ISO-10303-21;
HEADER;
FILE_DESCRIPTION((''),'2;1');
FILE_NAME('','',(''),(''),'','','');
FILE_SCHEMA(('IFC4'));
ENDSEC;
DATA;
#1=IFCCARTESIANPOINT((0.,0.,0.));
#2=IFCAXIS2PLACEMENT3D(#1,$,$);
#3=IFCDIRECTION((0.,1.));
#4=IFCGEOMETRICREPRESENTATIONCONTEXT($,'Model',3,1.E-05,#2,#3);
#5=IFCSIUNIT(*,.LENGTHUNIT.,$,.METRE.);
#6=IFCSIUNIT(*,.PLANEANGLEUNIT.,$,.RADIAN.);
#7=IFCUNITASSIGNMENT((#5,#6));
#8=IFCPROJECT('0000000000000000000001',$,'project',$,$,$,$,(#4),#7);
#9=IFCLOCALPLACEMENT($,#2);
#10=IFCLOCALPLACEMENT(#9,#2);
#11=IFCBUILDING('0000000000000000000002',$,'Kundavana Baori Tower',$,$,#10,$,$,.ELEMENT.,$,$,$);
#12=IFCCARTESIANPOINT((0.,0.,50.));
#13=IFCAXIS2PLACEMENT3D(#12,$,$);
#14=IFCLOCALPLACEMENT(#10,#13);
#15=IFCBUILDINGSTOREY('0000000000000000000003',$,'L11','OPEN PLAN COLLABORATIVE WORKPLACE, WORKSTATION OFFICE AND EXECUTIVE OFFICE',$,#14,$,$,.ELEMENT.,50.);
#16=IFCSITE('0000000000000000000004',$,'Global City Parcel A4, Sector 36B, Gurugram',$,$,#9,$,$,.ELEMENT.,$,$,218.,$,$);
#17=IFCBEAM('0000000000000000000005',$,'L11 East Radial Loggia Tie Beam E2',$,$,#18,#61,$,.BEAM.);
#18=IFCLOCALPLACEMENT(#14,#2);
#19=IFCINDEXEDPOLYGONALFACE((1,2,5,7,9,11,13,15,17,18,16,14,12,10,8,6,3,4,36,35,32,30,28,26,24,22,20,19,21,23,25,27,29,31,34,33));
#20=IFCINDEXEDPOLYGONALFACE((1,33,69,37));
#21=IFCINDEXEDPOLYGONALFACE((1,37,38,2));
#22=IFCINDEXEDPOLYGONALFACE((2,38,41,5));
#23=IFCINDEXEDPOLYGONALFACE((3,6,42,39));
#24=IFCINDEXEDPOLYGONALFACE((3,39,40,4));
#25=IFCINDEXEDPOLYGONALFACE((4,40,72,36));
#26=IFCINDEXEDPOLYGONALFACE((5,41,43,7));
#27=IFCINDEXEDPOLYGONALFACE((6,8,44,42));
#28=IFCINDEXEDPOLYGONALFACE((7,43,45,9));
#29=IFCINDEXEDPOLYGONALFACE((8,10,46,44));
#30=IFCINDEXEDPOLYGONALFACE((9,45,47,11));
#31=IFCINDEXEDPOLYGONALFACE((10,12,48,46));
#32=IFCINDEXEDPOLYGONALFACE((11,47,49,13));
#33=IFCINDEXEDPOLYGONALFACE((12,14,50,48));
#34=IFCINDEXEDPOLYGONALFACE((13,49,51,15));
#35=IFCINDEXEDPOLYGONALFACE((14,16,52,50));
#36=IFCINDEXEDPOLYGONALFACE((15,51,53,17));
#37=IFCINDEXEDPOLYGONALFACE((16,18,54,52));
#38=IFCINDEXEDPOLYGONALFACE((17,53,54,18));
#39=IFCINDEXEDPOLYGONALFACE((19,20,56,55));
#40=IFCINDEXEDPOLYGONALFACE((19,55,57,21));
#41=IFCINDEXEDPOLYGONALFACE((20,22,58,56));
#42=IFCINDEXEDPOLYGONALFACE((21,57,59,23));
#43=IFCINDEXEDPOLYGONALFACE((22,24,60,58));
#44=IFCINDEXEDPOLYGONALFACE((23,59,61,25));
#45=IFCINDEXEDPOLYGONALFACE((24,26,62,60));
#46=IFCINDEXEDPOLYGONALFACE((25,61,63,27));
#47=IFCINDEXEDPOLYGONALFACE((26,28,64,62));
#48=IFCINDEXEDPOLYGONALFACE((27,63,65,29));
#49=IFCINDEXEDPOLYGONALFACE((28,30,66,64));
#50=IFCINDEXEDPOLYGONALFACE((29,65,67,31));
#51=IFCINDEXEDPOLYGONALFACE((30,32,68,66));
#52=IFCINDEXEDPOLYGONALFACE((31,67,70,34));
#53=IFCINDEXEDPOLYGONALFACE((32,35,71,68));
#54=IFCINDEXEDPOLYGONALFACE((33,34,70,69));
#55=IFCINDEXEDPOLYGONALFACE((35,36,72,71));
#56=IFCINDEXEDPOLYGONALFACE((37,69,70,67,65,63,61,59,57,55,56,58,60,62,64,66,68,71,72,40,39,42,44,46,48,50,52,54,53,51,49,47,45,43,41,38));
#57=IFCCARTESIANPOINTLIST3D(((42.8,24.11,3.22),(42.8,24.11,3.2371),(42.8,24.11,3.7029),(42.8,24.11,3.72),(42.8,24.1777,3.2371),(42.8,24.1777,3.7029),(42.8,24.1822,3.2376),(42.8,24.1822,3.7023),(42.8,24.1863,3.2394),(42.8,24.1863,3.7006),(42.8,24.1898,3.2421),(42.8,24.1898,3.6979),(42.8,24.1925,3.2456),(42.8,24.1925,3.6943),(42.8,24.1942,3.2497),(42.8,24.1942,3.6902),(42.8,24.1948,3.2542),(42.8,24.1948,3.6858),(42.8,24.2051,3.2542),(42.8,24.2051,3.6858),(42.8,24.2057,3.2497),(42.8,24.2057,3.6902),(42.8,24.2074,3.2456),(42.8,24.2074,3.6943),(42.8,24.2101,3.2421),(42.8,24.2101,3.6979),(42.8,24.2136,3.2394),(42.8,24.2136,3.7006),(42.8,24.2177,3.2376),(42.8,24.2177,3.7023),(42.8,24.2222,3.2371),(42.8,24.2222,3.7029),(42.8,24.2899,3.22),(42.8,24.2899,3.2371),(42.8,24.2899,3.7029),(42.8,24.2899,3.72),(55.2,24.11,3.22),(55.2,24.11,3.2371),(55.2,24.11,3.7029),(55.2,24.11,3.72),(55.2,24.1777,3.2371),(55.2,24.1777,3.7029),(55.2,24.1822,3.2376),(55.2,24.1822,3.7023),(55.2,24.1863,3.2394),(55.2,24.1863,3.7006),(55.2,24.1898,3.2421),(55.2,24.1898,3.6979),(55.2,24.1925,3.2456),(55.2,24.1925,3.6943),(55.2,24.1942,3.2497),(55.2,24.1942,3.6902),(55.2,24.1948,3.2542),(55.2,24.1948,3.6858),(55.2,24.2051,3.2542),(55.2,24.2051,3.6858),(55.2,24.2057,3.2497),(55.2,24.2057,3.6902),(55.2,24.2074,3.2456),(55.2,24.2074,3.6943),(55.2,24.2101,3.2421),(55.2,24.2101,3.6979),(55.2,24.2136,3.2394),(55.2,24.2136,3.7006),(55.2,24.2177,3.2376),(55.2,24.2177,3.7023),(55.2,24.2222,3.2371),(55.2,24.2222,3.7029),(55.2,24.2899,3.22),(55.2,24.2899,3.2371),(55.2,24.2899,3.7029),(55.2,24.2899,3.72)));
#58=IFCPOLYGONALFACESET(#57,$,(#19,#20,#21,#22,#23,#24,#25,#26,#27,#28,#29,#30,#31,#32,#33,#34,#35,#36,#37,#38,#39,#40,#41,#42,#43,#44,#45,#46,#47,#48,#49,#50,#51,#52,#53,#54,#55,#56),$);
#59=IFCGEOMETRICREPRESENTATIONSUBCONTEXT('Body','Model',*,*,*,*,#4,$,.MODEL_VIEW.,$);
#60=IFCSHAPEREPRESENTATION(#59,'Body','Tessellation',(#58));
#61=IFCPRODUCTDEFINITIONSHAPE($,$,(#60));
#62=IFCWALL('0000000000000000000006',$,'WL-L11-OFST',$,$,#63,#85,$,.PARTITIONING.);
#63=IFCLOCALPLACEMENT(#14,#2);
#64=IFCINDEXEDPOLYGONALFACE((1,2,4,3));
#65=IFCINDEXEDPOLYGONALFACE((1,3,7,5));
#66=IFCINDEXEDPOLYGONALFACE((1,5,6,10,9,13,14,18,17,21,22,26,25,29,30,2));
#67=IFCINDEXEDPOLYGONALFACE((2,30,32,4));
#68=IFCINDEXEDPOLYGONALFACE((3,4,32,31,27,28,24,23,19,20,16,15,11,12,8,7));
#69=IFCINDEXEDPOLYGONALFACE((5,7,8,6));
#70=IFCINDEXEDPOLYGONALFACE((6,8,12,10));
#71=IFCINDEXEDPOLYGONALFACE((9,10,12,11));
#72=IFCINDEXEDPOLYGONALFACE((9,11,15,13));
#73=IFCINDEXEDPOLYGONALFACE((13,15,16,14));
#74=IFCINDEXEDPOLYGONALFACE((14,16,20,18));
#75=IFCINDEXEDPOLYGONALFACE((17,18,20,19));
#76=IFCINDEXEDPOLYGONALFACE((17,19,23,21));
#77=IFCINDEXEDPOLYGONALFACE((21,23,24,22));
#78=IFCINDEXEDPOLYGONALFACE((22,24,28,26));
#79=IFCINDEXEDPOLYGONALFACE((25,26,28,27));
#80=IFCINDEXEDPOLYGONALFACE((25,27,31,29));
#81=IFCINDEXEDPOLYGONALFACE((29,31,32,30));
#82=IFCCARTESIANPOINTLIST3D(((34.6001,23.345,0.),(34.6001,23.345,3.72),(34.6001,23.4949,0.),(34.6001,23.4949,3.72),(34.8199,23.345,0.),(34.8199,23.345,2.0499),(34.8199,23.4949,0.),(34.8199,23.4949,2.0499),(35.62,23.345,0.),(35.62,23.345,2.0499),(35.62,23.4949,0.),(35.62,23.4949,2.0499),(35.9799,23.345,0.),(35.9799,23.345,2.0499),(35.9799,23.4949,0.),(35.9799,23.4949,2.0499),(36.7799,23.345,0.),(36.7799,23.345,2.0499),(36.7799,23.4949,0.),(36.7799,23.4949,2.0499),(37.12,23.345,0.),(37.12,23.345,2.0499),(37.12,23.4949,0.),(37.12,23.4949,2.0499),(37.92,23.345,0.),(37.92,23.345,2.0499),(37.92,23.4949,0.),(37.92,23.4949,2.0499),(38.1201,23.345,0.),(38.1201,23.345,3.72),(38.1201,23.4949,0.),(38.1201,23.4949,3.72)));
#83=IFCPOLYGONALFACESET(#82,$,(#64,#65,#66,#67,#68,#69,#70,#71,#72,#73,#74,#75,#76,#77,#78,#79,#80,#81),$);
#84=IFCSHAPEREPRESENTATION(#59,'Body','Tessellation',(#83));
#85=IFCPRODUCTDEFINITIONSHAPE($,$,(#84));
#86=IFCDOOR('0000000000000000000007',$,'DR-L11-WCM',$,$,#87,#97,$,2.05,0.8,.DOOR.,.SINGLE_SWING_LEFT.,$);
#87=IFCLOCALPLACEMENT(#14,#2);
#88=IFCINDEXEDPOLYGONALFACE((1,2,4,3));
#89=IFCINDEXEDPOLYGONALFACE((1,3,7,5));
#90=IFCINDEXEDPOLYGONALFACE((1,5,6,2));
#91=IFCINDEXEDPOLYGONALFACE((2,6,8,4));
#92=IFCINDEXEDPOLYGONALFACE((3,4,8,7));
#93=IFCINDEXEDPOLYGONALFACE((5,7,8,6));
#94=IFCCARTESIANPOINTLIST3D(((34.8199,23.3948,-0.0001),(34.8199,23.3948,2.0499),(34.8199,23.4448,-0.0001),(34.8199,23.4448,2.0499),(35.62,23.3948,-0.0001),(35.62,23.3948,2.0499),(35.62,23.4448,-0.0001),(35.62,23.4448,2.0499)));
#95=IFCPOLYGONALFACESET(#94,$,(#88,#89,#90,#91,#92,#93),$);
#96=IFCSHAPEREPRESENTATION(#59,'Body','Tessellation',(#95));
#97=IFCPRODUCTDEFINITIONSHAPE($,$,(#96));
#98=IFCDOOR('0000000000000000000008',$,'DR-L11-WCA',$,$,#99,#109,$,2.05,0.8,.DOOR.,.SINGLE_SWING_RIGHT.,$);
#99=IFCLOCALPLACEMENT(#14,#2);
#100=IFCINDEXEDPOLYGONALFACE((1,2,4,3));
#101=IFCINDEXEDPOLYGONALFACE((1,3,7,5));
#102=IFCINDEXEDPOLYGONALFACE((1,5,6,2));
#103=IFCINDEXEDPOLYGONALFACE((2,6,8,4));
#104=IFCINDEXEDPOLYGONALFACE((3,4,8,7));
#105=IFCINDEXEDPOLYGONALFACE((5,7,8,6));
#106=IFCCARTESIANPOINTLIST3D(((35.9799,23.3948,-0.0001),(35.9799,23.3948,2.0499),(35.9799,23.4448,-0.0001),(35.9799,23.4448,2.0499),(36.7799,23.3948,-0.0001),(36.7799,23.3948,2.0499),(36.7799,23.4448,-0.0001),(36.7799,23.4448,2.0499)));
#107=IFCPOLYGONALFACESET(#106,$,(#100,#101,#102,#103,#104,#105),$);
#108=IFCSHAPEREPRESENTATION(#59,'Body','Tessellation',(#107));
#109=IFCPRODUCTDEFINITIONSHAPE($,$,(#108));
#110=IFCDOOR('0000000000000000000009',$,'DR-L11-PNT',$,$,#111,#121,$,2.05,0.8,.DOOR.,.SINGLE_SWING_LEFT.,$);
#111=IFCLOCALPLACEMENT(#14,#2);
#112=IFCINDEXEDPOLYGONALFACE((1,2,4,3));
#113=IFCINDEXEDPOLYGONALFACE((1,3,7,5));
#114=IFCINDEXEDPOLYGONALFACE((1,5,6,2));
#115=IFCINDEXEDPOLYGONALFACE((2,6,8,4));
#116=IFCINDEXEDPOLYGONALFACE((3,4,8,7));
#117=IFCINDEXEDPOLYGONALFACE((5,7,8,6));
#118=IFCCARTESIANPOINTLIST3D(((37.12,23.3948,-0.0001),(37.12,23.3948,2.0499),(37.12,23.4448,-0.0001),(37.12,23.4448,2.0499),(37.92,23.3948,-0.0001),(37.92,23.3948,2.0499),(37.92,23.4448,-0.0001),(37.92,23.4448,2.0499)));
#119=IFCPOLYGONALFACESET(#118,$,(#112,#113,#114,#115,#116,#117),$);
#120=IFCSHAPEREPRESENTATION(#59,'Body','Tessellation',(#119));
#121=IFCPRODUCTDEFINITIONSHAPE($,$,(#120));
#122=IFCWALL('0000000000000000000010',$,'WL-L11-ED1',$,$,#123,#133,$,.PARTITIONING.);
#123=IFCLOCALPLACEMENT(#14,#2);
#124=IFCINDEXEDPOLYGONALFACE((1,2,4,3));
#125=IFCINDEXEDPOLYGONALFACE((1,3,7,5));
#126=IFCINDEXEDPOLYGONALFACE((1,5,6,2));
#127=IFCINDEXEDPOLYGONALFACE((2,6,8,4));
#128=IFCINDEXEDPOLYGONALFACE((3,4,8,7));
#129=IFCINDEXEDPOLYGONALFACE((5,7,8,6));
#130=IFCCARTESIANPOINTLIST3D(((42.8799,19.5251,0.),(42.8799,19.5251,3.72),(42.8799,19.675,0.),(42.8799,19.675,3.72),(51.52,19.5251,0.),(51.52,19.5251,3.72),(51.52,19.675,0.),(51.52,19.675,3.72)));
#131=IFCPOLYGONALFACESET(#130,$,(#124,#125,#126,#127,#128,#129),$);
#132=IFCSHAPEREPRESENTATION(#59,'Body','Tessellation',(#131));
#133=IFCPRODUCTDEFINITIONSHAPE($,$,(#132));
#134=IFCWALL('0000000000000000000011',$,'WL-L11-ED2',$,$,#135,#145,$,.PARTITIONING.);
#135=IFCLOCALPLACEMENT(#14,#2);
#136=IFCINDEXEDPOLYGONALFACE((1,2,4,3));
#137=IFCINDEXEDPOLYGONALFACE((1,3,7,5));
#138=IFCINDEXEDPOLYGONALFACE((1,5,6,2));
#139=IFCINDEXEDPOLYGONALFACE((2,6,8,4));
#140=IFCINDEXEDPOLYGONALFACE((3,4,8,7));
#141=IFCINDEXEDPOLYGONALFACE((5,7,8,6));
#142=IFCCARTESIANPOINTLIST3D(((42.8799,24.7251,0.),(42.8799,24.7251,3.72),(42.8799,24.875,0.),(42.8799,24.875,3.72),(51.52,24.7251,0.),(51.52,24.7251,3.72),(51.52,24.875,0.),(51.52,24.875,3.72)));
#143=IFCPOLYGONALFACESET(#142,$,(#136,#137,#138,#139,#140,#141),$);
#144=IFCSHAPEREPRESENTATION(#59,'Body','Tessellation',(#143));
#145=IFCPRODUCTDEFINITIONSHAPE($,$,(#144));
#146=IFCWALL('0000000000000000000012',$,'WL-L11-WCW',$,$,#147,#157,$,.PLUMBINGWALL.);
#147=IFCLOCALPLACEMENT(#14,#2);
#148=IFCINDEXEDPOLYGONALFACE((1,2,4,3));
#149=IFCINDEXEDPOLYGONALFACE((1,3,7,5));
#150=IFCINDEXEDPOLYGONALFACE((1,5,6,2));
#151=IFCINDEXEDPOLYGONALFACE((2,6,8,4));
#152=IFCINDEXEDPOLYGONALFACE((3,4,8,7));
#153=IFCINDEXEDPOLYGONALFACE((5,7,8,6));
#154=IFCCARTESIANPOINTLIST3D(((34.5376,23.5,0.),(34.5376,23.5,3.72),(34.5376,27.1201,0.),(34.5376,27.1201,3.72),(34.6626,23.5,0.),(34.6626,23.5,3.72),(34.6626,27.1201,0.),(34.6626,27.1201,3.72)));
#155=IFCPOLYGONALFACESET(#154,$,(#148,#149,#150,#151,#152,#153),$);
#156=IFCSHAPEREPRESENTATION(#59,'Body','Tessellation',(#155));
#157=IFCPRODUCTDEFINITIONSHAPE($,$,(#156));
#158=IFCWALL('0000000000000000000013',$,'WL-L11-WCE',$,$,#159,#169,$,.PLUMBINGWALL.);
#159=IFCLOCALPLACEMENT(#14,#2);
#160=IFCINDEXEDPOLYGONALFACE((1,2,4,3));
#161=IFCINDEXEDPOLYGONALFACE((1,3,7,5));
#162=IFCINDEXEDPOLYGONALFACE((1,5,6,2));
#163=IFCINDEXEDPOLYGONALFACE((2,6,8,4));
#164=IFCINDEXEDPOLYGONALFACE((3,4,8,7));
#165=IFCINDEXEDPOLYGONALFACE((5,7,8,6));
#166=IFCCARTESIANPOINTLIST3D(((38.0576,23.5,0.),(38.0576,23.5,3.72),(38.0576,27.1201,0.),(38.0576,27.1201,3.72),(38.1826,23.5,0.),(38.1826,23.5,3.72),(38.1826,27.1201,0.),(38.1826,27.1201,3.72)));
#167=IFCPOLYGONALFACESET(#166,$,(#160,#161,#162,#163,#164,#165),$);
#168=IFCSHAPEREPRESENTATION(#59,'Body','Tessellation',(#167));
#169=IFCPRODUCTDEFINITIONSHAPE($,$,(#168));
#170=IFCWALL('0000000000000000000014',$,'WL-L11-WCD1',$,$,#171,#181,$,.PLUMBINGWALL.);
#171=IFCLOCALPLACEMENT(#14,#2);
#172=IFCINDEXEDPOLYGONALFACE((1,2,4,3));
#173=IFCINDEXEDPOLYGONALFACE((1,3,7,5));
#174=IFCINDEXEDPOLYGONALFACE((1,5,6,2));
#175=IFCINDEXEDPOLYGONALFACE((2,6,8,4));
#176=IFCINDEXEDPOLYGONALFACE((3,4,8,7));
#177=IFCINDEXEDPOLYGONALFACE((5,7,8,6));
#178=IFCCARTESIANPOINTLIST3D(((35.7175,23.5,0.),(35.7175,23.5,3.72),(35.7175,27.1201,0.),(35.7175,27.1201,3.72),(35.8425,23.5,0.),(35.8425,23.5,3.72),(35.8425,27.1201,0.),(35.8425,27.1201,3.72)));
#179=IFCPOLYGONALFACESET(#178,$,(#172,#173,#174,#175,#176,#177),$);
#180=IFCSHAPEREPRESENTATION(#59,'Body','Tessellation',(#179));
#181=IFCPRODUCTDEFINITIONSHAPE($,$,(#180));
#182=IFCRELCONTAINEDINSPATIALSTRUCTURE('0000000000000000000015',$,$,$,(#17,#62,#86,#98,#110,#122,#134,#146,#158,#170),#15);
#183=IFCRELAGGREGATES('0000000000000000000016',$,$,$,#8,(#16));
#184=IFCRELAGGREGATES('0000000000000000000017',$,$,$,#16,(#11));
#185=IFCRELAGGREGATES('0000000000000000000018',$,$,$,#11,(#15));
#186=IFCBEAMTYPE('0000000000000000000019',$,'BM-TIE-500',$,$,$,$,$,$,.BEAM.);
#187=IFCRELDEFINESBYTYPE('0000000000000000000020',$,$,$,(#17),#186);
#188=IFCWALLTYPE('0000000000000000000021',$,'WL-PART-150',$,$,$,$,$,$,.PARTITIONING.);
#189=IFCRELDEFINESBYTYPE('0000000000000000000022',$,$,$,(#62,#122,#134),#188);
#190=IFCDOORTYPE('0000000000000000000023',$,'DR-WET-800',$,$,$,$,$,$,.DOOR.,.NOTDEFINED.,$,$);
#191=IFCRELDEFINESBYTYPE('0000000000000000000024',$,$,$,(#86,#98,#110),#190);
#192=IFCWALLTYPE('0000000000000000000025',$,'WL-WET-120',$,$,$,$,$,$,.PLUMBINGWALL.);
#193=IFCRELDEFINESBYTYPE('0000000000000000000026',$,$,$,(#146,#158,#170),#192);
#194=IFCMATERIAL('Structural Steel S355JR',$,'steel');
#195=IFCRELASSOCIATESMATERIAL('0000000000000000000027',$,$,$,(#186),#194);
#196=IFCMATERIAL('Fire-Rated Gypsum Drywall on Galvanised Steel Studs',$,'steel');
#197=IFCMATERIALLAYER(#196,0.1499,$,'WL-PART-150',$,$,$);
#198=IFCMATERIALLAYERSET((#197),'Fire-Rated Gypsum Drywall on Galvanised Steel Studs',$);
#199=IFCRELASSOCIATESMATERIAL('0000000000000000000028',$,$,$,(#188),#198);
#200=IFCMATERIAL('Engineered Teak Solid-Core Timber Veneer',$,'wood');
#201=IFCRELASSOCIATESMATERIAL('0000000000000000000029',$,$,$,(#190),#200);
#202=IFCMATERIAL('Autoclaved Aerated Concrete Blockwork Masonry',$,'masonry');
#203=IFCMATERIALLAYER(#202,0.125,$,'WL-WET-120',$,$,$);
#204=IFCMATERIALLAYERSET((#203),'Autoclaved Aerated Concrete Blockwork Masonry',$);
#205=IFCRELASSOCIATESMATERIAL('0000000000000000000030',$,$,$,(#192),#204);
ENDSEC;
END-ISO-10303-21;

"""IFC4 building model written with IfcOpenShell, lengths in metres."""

from ifc_helpers import new_model, si_unit, direction, frame, frame_2d, origin, origin_2d, place, context, subcontext, project, spatial, rectangle, i_section, extrude, material, layer, layer_set, material_profile, profile_set, type_object, element, fill, save


model = new_model("IFC4")

# Units and contexts
model_context = context("Model", 3, precision=1e-05, world=origin(), true_north=direction((0.0, 1.0)))
body_context = subcontext(model_context, "Body", "Model", "MODEL_VIEW")
ifc_project = project(units=[si_unit("LENGTHUNIT", "METRE"), si_unit("PLANEANGLEUNIT", "RADIAN")], contexts=[model_context])

# Site, building, storey
site_placement = place(None, origin())
site = spatial("IfcSite", under=ifc_project, at=site_placement, Name="Global City Parcel A4, Sector 36B, Gurugram", CompositionType="ELEMENT", RefElevation=218.0)
building_placement = place(site_placement, origin())
building = spatial("IfcBuilding", under=site, at=building_placement, Name="Kundavana Baori Tower", CompositionType="ELEMENT")
storey_placement = place(building_placement, frame((0.0, 0.0, 50.0)))
storey = spatial("IfcBuildingStorey", under=building, at=storey_placement, Name="L11", Description="OPEN PLAN COLLABORATIVE WORKPLACE, WORKSTATION OFFICE AND EXECUTIVE OFFICE", CompositionType="ELEMENT", Elevation=50.0)

# Beam
ifc_material_1 = material(Name="Structural Steel S355JR", Category="steel")
ifc_material_profile_1 = material_profile(ifc_material_1, i_section(OverallWidth=0.1799, OverallDepth=0.5, WebThickness=0.0103, FlangeThickness=0.0171, FilletRadius=0.0171, at=origin_2d()), Name="ISMB 500")
ifc_profile_set_1 = profile_set([ifc_material_profile_1], Name="Structural Steel S355JR")
beam_type_1 = type_object("IfcBeamType", Name="BM-TIE-500", PredefinedType="BEAM", material=ifc_profile_set_1)
beam_1_placement = place(storey_placement, frame((42.8, 24.2, 3.47), z_axis=(1.0, 0.0, 0.0), x_axis=(0.0, 1.0, 0.0)))
element("IfcBeam", 1, at=beam_1_placement, inside=storey, type_object=beam_type_1, Name="L11 East Radial Loggia Tie Beam E2", PredefinedType="BEAM", context=body_context, shape_type="SweptSolid", body=[
    extrude(i_section(OverallWidth=0.1799, OverallDepth=0.5, WebThickness=0.0103, FlangeThickness=0.0171, FilletRadius=0.0171, at=origin_2d()), origin(), (0.0, 0.0, 1.0), 12.3999),
])

# Wall, openings, doors
ifc_material_2 = material(Name="Fire-Rated Gypsum Drywall on Galvanised Steel Studs", Category="steel")
ifc_layer_1 = layer(ifc_material_2, 0.1499, Name="WL-PART-150")
ifc_layer_set_1 = layer_set([ifc_layer_1], Name="Fire-Rated Gypsum Drywall on Galvanised Steel Studs")
wall_type_1 = type_object("IfcWallType", Name="WL-PART-150", PredefinedType="PARTITIONING", material=ifc_layer_set_1)
wall_placement = place(storey_placement, frame((34.6001, 23.4199, 0.0), z_axis=(0.0, 0.0, 1.0), x_axis=(1.0, 0.0, 0.0)))
wall = element("IfcWall", 2, at=wall_placement, inside=storey, type_object=wall_type_1, Name="WL-L11-OFST", PredefinedType="PARTITIONING", context=body_context, shape_type="SweptSolid", body=[
    extrude(rectangle(XDim=3.52, YDim=0.1499, at=frame_2d((1.76, 0.0))), origin(), (0.0, 0.0, 1.0), 3.72),
])
opening_1_placement = place(wall_placement, frame((0.22, 0.0, 0.0)))
opening_1 = element("IfcOpeningElement", 3, at=opening_1_placement, cuts=wall, PredefinedType="OPENING", context=body_context, shape_type="SweptSolid", body=[
    extrude(rectangle(XDim=0.8, YDim=2.05, at=frame_2d((0.3999, 1.0249))), frame((0.0, 0.085, 0.0), z_axis=(0.0, -1.0, 0.0), x_axis=(1.0, 0.0, 0.0)), (0.0, 0.0, 1.0), 0.1699),
])
opening_2_placement = place(wall_placement, frame((1.3799, 0.0, 0.0)))
opening_2 = element("IfcOpeningElement", 4, at=opening_2_placement, cuts=wall, PredefinedType="OPENING", context=body_context, shape_type="SweptSolid", body=[
    extrude(rectangle(XDim=0.8, YDim=2.05, at=frame_2d((0.3999, 1.0249))), frame((0.0, 0.085, 0.0), z_axis=(0.0, -1.0, 0.0), x_axis=(1.0, 0.0, 0.0)), (0.0, 0.0, 1.0), 0.1699),
])
opening_3_placement = place(wall_placement, frame((2.52, 0.0, 0.0)))
opening_3 = element("IfcOpeningElement", 5, at=opening_3_placement, cuts=wall, PredefinedType="OPENING", context=body_context, shape_type="SweptSolid", body=[
    extrude(rectangle(XDim=0.8, YDim=2.05, at=frame_2d((0.3999, 1.0249))), frame((0.0, 0.085, 0.0), z_axis=(0.0, -1.0, 0.0), x_axis=(1.0, 0.0, 0.0)), (0.0, 0.0, 1.0), 0.1699),
])
ifc_material_3 = material(Name="Engineered Teak Solid-Core Timber Veneer", Category="wood")
door_type = type_object("IfcDoorType", Name="DR-WET-800", OperationType="NOTDEFINED", PredefinedType="DOOR", material=ifc_material_3)
door_1_placement = place(opening_1_placement, origin())
door_1 = element("IfcDoor", 6, at=door_1_placement, inside=storey, type_object=door_type, Name="DR-L11-WCM", OperationType="SINGLE_SWING_LEFT", OverallHeight=2.05, OverallWidth=0.8, PredefinedType="DOOR", context=body_context, shape_type="SweptSolid", body=[
    extrude(rectangle(XDim=0.8, YDim=2.05, at=frame_2d((0.3999, 1.0249))), frame((0.0, 0.0249, 0.0), z_axis=(0.0, -1.0, 0.0), x_axis=(1.0, 0.0, 0.0)), (0.0, 0.0, 1.0), 0.05),
])
fill(opening_1, door_1)
door_2_placement = place(opening_2_placement, origin())
door_2 = element("IfcDoor", 7, at=door_2_placement, inside=storey, type_object=door_type, Name="DR-L11-WCA", OperationType="SINGLE_SWING_RIGHT", OverallHeight=2.05, OverallWidth=0.8, PredefinedType="DOOR", context=body_context, shape_type="SweptSolid", body=[
    extrude(rectangle(XDim=0.8, YDim=2.05, at=frame_2d((0.3999, 1.0249))), frame((0.0, 0.0249, 0.0), z_axis=(0.0, -1.0, 0.0), x_axis=(1.0, 0.0, 0.0)), (0.0, 0.0, 1.0), 0.05),
])
fill(opening_2, door_2)
door_3_placement = place(opening_3_placement, origin())
door_3 = element("IfcDoor", 8, at=door_3_placement, inside=storey, type_object=door_type, Name="DR-L11-PNT", OperationType="SINGLE_SWING_LEFT", OverallHeight=2.05, OverallWidth=0.8, PredefinedType="DOOR", context=body_context, shape_type="SweptSolid", body=[
    extrude(rectangle(XDim=0.8, YDim=2.05, at=frame_2d((0.3999, 1.0249))), frame((0.0, 0.0249, 0.0), z_axis=(0.0, -1.0, 0.0), x_axis=(1.0, 0.0, 0.0)), (0.0, 0.0, 1.0), 0.05),
])
fill(opening_3, door_3)

# Walls
for number, where, z_axis, x_axis, name in (
    (9, (42.8799, 19.6001, 0.0), (0.0, 0.0, 1.0), (1.0, 0.0, 0.0), "WL-L11-ED1"),
    (10, (42.8799, 24.8, 0.0), (0.0, 0.0, 1.0), (1.0, 0.0, 0.0), "WL-L11-ED2"),
):
    element("IfcWall", number, at=place(storey_placement, frame(where, z_axis=z_axis, x_axis=x_axis)), inside=storey, type_object=wall_type_1, Name=name, PredefinedType="PARTITIONING", context=body_context, shape_type="SweptSolid", body=[
        extrude(rectangle(XDim=8.6401, YDim=0.1499, at=frame_2d((4.3201, 0.0))), origin(), (0.0, 0.0, 1.0), 3.72),
    ])
ifc_material_4 = material(Name="Autoclaved Aerated Concrete Blockwork Masonry", Category="masonry")
ifc_layer_2 = layer(ifc_material_4, 0.125, Name="WL-WET-120")
ifc_layer_set_2 = layer_set([ifc_layer_2], Name="Autoclaved Aerated Concrete Blockwork Masonry")
wall_type_2 = type_object("IfcWallType", Name="WL-WET-120", PredefinedType="PLUMBINGWALL", material=ifc_layer_set_2)
for number, where, z_axis, x_axis, name in (
    (11, (34.6001, 23.5, 0.0), (0.0, 0.0, 1.0), (0.0, 1.0, 0.0), "WL-L11-WCW"),
    (12, (38.1201, 23.5, 0.0), (0.0, 0.0, 1.0), (0.0, 1.0, 0.0), "WL-L11-WCE"),
    (13, (35.78, 23.5, 0.0), (0.0, 0.0, 1.0), (0.0, 1.0, 0.0), "WL-L11-WCD1"),
):
    element("IfcWall", number, at=place(storey_placement, frame(where, z_axis=z_axis, x_axis=x_axis)), inside=storey, type_object=wall_type_2, Name=name, PredefinedType="PLUMBINGWALL", context=body_context, shape_type="SweptSolid", body=[
        extrude(rectangle(XDim=3.6201, YDim=0.125, at=frame_2d((1.8101, 0.0))), origin(), (0.0, 0.0, 1.0), 3.72),
    ])

save(model, "model.ifc")
